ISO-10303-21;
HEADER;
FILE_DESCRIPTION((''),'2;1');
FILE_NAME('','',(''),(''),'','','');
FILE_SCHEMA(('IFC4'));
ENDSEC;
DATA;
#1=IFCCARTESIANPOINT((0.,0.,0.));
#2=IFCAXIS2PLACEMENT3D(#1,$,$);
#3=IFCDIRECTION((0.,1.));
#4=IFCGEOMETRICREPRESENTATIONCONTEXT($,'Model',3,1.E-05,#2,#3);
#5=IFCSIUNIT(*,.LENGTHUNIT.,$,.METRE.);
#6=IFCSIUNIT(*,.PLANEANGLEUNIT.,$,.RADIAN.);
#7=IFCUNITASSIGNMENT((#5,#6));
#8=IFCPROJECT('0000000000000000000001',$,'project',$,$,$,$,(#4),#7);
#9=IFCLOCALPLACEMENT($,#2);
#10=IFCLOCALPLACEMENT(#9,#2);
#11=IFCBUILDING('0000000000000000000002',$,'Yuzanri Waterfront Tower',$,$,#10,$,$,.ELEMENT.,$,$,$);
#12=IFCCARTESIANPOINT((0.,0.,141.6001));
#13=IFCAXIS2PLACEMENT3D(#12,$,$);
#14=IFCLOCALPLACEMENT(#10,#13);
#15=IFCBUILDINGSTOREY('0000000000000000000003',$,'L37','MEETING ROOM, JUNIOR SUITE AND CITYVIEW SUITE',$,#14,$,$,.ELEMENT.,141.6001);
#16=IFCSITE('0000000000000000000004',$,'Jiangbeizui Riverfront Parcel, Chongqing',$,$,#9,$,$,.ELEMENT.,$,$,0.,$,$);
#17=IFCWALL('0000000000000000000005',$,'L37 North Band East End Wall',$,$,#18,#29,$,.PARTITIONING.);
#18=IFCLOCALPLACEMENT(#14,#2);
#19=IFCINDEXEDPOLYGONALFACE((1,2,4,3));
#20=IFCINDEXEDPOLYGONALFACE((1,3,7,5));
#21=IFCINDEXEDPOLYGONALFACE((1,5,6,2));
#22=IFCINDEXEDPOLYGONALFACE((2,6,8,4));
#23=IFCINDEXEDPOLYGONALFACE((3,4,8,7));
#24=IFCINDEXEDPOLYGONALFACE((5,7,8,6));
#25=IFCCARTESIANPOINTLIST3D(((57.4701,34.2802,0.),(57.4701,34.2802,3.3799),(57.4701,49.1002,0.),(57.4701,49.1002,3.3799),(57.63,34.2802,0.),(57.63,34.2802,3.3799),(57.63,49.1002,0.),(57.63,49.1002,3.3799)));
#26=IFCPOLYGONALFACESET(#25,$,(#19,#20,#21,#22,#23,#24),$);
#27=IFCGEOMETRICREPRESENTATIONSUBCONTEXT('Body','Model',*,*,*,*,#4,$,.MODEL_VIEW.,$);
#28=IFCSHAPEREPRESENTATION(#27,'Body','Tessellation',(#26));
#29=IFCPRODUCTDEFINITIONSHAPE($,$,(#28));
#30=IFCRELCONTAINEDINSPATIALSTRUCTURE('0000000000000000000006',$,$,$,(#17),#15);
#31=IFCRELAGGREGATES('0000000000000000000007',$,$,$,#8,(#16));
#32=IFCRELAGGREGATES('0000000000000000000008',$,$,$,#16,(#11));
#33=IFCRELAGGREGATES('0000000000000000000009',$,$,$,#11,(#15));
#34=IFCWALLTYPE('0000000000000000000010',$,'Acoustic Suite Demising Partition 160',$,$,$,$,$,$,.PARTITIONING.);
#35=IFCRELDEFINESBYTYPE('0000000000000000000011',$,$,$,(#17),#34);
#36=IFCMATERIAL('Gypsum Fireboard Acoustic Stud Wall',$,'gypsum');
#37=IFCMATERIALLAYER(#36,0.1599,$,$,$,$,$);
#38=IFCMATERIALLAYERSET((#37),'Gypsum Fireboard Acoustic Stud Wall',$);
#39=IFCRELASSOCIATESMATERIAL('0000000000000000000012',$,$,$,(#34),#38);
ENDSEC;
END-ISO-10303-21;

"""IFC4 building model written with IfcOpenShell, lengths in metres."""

from ifc_helpers import new_model, si_unit, direction, frame, frame_2d, origin, place, context, subcontext, project, spatial, rectangle, extrude, source, transform, mapped, material, layer, layer_set, type_object, element, save


model = new_model("IFC4")

# Units and contexts
model_context = context("Model", 3, precision=1e-05, world=origin(), true_north=direction((0.0, 1.0)))
body_context = subcontext(model_context, "Body", "Model", "MODEL_VIEW")
ifc_project = project(units=[si_unit("LENGTHUNIT", "METRE"), si_unit("PLANEANGLEUNIT", "RADIAN")], contexts=[model_context])

# Site, building, storey
site_placement = place(None, origin())
site = spatial("IfcSite", under=ifc_project, at=site_placement, Name="Jiangbeizui Riverfront Parcel, Chongqing", CompositionType="ELEMENT", RefElevation=0.0)
building_placement = place(site_placement, origin())
building = spatial("IfcBuilding", under=site, at=building_placement, Name="Yuzanri Waterfront Tower", CompositionType="ELEMENT")
storey_placement = place(building_placement, frame((0.0, 0.0, 141.6001)))
storey = spatial("IfcBuildingStorey", under=building, at=storey_placement, Name="L37", Description="MEETING ROOM, JUNIOR SUITE AND CITYVIEW SUITE", CompositionType="ELEMENT", Elevation=141.6001)

# Wall
ifc_material_1 = material(Name="Gypsum Fireboard Acoustic Stud Wall", Category="gypsum")
ifc_layer_1 = layer(ifc_material_1, 0.1599)
ifc_layer_set_1 = layer_set([ifc_layer_1], Name="Gypsum Fireboard Acoustic Stud Wall")
wall_type_1 = type_object("IfcWallType", Name="Acoustic Suite Demising Partition 160", PredefinedType="PARTITIONING", material=ifc_layer_set_1)
shared_shape_1 = source(origin(), body_context, "Body", "SweptSolid", [
    extrude(rectangle(XDim=14.8201, YDim=0.1599, at=frame_2d((7.4102, 0.0))), origin(), (0.0, 0.0, 1.0), 3.3799),
])
wall_1_placement = place(storey_placement, frame((57.55, 34.28, 0.0), z_axis=(0.0, 0.0, 1.0), x_axis=(0.0, 1.0, 0.0)))
element("IfcWall", 1, at=wall_1_placement, inside=storey, type_object=wall_type_1, Name="L37 North Band East End Wall", PredefinedType="PARTITIONING", context=body_context, shape_type="MappedRepresentation", body=[
    mapped(shared_shape_1, transform((0.0, 0.0, 0.0), scale=1.0)),
])

save(model, "model.ifc")
